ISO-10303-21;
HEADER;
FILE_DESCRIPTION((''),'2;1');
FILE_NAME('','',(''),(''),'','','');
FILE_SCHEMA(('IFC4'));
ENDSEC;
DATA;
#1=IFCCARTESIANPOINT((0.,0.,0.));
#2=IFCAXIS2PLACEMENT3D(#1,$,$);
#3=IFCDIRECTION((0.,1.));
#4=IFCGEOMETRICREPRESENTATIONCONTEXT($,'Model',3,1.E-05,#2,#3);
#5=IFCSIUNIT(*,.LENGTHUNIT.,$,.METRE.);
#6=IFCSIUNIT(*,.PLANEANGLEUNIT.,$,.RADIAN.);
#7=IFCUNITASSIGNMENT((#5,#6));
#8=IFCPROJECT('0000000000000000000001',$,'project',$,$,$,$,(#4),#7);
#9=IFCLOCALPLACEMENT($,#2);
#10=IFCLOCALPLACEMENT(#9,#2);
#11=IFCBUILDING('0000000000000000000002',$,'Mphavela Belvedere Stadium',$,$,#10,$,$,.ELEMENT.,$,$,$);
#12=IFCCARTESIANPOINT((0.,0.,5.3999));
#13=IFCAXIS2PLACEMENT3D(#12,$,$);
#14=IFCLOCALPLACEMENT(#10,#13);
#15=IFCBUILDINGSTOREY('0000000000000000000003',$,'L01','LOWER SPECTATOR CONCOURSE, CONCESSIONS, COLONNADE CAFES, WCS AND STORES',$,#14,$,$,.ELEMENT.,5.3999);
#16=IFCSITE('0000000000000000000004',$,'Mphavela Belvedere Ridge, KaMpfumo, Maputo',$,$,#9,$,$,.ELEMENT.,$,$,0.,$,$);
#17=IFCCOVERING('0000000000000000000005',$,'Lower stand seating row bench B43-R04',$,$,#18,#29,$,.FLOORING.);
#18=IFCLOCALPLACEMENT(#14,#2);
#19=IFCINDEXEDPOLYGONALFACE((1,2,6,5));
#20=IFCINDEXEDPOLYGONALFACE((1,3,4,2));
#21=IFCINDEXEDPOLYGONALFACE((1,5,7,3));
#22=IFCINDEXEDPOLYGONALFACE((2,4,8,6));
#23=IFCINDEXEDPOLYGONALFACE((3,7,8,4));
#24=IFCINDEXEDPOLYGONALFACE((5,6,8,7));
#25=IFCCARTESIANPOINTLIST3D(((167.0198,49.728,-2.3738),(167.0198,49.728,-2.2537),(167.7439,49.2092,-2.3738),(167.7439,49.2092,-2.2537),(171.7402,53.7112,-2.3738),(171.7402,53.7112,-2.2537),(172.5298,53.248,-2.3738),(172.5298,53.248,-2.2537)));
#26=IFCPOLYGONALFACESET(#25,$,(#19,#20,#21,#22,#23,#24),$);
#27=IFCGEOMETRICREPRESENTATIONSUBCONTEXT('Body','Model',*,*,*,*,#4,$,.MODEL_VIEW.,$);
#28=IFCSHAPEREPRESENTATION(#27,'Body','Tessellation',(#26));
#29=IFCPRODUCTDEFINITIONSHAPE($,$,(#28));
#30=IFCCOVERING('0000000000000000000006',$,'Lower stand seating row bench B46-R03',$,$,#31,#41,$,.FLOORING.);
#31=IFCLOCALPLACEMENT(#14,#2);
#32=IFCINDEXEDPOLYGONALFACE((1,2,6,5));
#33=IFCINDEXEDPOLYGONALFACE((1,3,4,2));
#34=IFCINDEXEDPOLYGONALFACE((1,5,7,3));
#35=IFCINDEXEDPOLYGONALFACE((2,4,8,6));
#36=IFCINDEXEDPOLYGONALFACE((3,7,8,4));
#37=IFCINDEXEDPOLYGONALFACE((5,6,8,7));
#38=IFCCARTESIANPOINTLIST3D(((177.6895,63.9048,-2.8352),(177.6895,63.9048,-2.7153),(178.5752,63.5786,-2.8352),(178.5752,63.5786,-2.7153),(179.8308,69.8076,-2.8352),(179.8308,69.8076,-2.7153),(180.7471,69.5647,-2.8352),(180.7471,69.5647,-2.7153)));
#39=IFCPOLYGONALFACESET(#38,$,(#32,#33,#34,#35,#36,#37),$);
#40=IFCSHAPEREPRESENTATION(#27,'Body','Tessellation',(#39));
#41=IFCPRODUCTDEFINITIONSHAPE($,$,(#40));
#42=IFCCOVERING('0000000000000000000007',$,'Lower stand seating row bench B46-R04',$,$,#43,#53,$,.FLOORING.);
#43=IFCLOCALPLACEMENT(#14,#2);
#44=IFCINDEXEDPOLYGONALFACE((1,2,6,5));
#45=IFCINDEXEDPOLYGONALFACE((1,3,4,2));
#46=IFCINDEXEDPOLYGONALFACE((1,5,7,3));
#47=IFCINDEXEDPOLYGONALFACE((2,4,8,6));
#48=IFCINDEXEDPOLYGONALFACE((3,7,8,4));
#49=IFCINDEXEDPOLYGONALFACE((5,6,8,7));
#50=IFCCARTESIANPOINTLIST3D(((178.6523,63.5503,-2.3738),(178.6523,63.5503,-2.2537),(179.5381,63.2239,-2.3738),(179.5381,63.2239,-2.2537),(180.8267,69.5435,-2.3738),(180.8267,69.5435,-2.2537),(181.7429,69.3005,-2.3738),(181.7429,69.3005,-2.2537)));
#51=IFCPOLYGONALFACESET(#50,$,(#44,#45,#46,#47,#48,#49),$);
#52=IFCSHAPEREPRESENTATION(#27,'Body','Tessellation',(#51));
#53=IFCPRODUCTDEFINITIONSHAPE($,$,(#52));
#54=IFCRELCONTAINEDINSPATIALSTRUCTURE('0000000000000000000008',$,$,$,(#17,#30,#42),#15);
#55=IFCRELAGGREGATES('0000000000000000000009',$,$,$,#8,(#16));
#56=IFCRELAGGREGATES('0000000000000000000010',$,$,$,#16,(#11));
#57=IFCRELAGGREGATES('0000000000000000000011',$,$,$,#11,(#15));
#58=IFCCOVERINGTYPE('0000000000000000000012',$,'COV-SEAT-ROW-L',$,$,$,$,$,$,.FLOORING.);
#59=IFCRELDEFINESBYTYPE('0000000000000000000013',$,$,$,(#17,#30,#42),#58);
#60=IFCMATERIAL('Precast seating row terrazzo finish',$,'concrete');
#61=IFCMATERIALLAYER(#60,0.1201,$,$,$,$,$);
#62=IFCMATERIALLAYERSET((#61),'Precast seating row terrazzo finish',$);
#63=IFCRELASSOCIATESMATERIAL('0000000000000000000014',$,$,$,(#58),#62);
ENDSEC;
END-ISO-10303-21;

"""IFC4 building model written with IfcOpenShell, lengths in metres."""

from ifc_helpers import new_model, si_unit, direction, frame, origin, place, context, subcontext, project, spatial, polyline, outline, extrude, material, layer, layer_set, type_object, element, save


model = new_model("IFC4")

# Units and contexts
model_context = context("Model", 3, precision=1e-05, world=origin(), true_north=direction((0.0, 1.0)))
body_context = subcontext(model_context, "Body", "Model", "MODEL_VIEW")
ifc_project = project(units=[si_unit("LENGTHUNIT", "METRE"), si_unit("PLANEANGLEUNIT", "RADIAN")], contexts=[model_context])

# Site, building, storey
site_placement = place(None, origin())
site = spatial("IfcSite", under=ifc_project, at=site_placement, Name="Mphavela Belvedere Ridge, KaMpfumo, Maputo", CompositionType="ELEMENT", RefElevation=0.0)
building_placement = place(site_placement, origin())
building = spatial("IfcBuilding", under=site, at=building_placement, Name="Mphavela Belvedere Stadium", CompositionType="ELEMENT")
storey_placement = place(building_placement, frame((0.0, 0.0, 5.3999)))
storey = spatial("IfcBuildingStorey", under=building, at=storey_placement, Name="L01", Description="LOWER SPECTATOR CONCOURSE, CONCESSIONS, COLONNADE CAFES, WCS AND STORES", CompositionType="ELEMENT", Elevation=5.3999)

# Coverings
ifc_material = material(Name="Precast seating row terrazzo finish", Category="concrete")
ifc_layer = layer(ifc_material, 0.1201)
ifc_layer_set = layer_set([ifc_layer], Name="Precast seating row terrazzo finish")
covering_type = type_object("IfcCoveringType", Name="COV-SEAT-ROW-L", PredefinedType="FLOORING", material=ifc_layer_set)
covering_1_placement = place(storey_placement, frame((0.0, 0.0, -2.3738)))
element("IfcCovering", 1, at=covering_1_placement, inside=storey, type_object=covering_type, Name="Lower stand seating row bench B43-R04", PredefinedType="FLOORING", context=body_context, shape_type="SweptSolid", body=[
    extrude(outline(polyline([(167.0198, 49.728), (171.7402, 53.7112), (172.5298, 53.248), (167.7439, 49.2092), (167.0198, 49.728)])), origin(), (0.0, 0.0, 1.0), 0.1201),
])
covering_2_placement = place(storey_placement, frame((0.0, 0.0, -2.8352)))
element("IfcCovering", 2, at=covering_2_placement, inside=storey, type_object=covering_type, Name="Lower stand seating row bench B46-R03", PredefinedType="FLOORING", context=body_context, shape_type="SweptSolid", body=[
    extrude(outline(polyline([(177.6895, 63.9048), (179.8308, 69.8076), (180.7471, 69.5647), (178.5752, 63.5786), (177.6895, 63.9048)])), origin(), (0.0, 0.0, 1.0), 0.1199),
])
covering_3_placement = place(storey_placement, frame((0.0, 0.0, -2.3738)))
element("IfcCovering", 3, at=covering_3_placement, inside=storey, type_object=covering_type, Name="Lower stand seating row bench B46-R04", PredefinedType="FLOORING", context=body_context, shape_type="SweptSolid", body=[
    extrude(outline(polyline([(178.6523, 63.5503), (180.8267, 69.5435), (181.7429, 69.3005), (179.5381, 63.2239), (178.6523, 63.5503)])), origin(), (0.0, 0.0, 1.0), 0.1201),
])

save(model, "model.ifc")
